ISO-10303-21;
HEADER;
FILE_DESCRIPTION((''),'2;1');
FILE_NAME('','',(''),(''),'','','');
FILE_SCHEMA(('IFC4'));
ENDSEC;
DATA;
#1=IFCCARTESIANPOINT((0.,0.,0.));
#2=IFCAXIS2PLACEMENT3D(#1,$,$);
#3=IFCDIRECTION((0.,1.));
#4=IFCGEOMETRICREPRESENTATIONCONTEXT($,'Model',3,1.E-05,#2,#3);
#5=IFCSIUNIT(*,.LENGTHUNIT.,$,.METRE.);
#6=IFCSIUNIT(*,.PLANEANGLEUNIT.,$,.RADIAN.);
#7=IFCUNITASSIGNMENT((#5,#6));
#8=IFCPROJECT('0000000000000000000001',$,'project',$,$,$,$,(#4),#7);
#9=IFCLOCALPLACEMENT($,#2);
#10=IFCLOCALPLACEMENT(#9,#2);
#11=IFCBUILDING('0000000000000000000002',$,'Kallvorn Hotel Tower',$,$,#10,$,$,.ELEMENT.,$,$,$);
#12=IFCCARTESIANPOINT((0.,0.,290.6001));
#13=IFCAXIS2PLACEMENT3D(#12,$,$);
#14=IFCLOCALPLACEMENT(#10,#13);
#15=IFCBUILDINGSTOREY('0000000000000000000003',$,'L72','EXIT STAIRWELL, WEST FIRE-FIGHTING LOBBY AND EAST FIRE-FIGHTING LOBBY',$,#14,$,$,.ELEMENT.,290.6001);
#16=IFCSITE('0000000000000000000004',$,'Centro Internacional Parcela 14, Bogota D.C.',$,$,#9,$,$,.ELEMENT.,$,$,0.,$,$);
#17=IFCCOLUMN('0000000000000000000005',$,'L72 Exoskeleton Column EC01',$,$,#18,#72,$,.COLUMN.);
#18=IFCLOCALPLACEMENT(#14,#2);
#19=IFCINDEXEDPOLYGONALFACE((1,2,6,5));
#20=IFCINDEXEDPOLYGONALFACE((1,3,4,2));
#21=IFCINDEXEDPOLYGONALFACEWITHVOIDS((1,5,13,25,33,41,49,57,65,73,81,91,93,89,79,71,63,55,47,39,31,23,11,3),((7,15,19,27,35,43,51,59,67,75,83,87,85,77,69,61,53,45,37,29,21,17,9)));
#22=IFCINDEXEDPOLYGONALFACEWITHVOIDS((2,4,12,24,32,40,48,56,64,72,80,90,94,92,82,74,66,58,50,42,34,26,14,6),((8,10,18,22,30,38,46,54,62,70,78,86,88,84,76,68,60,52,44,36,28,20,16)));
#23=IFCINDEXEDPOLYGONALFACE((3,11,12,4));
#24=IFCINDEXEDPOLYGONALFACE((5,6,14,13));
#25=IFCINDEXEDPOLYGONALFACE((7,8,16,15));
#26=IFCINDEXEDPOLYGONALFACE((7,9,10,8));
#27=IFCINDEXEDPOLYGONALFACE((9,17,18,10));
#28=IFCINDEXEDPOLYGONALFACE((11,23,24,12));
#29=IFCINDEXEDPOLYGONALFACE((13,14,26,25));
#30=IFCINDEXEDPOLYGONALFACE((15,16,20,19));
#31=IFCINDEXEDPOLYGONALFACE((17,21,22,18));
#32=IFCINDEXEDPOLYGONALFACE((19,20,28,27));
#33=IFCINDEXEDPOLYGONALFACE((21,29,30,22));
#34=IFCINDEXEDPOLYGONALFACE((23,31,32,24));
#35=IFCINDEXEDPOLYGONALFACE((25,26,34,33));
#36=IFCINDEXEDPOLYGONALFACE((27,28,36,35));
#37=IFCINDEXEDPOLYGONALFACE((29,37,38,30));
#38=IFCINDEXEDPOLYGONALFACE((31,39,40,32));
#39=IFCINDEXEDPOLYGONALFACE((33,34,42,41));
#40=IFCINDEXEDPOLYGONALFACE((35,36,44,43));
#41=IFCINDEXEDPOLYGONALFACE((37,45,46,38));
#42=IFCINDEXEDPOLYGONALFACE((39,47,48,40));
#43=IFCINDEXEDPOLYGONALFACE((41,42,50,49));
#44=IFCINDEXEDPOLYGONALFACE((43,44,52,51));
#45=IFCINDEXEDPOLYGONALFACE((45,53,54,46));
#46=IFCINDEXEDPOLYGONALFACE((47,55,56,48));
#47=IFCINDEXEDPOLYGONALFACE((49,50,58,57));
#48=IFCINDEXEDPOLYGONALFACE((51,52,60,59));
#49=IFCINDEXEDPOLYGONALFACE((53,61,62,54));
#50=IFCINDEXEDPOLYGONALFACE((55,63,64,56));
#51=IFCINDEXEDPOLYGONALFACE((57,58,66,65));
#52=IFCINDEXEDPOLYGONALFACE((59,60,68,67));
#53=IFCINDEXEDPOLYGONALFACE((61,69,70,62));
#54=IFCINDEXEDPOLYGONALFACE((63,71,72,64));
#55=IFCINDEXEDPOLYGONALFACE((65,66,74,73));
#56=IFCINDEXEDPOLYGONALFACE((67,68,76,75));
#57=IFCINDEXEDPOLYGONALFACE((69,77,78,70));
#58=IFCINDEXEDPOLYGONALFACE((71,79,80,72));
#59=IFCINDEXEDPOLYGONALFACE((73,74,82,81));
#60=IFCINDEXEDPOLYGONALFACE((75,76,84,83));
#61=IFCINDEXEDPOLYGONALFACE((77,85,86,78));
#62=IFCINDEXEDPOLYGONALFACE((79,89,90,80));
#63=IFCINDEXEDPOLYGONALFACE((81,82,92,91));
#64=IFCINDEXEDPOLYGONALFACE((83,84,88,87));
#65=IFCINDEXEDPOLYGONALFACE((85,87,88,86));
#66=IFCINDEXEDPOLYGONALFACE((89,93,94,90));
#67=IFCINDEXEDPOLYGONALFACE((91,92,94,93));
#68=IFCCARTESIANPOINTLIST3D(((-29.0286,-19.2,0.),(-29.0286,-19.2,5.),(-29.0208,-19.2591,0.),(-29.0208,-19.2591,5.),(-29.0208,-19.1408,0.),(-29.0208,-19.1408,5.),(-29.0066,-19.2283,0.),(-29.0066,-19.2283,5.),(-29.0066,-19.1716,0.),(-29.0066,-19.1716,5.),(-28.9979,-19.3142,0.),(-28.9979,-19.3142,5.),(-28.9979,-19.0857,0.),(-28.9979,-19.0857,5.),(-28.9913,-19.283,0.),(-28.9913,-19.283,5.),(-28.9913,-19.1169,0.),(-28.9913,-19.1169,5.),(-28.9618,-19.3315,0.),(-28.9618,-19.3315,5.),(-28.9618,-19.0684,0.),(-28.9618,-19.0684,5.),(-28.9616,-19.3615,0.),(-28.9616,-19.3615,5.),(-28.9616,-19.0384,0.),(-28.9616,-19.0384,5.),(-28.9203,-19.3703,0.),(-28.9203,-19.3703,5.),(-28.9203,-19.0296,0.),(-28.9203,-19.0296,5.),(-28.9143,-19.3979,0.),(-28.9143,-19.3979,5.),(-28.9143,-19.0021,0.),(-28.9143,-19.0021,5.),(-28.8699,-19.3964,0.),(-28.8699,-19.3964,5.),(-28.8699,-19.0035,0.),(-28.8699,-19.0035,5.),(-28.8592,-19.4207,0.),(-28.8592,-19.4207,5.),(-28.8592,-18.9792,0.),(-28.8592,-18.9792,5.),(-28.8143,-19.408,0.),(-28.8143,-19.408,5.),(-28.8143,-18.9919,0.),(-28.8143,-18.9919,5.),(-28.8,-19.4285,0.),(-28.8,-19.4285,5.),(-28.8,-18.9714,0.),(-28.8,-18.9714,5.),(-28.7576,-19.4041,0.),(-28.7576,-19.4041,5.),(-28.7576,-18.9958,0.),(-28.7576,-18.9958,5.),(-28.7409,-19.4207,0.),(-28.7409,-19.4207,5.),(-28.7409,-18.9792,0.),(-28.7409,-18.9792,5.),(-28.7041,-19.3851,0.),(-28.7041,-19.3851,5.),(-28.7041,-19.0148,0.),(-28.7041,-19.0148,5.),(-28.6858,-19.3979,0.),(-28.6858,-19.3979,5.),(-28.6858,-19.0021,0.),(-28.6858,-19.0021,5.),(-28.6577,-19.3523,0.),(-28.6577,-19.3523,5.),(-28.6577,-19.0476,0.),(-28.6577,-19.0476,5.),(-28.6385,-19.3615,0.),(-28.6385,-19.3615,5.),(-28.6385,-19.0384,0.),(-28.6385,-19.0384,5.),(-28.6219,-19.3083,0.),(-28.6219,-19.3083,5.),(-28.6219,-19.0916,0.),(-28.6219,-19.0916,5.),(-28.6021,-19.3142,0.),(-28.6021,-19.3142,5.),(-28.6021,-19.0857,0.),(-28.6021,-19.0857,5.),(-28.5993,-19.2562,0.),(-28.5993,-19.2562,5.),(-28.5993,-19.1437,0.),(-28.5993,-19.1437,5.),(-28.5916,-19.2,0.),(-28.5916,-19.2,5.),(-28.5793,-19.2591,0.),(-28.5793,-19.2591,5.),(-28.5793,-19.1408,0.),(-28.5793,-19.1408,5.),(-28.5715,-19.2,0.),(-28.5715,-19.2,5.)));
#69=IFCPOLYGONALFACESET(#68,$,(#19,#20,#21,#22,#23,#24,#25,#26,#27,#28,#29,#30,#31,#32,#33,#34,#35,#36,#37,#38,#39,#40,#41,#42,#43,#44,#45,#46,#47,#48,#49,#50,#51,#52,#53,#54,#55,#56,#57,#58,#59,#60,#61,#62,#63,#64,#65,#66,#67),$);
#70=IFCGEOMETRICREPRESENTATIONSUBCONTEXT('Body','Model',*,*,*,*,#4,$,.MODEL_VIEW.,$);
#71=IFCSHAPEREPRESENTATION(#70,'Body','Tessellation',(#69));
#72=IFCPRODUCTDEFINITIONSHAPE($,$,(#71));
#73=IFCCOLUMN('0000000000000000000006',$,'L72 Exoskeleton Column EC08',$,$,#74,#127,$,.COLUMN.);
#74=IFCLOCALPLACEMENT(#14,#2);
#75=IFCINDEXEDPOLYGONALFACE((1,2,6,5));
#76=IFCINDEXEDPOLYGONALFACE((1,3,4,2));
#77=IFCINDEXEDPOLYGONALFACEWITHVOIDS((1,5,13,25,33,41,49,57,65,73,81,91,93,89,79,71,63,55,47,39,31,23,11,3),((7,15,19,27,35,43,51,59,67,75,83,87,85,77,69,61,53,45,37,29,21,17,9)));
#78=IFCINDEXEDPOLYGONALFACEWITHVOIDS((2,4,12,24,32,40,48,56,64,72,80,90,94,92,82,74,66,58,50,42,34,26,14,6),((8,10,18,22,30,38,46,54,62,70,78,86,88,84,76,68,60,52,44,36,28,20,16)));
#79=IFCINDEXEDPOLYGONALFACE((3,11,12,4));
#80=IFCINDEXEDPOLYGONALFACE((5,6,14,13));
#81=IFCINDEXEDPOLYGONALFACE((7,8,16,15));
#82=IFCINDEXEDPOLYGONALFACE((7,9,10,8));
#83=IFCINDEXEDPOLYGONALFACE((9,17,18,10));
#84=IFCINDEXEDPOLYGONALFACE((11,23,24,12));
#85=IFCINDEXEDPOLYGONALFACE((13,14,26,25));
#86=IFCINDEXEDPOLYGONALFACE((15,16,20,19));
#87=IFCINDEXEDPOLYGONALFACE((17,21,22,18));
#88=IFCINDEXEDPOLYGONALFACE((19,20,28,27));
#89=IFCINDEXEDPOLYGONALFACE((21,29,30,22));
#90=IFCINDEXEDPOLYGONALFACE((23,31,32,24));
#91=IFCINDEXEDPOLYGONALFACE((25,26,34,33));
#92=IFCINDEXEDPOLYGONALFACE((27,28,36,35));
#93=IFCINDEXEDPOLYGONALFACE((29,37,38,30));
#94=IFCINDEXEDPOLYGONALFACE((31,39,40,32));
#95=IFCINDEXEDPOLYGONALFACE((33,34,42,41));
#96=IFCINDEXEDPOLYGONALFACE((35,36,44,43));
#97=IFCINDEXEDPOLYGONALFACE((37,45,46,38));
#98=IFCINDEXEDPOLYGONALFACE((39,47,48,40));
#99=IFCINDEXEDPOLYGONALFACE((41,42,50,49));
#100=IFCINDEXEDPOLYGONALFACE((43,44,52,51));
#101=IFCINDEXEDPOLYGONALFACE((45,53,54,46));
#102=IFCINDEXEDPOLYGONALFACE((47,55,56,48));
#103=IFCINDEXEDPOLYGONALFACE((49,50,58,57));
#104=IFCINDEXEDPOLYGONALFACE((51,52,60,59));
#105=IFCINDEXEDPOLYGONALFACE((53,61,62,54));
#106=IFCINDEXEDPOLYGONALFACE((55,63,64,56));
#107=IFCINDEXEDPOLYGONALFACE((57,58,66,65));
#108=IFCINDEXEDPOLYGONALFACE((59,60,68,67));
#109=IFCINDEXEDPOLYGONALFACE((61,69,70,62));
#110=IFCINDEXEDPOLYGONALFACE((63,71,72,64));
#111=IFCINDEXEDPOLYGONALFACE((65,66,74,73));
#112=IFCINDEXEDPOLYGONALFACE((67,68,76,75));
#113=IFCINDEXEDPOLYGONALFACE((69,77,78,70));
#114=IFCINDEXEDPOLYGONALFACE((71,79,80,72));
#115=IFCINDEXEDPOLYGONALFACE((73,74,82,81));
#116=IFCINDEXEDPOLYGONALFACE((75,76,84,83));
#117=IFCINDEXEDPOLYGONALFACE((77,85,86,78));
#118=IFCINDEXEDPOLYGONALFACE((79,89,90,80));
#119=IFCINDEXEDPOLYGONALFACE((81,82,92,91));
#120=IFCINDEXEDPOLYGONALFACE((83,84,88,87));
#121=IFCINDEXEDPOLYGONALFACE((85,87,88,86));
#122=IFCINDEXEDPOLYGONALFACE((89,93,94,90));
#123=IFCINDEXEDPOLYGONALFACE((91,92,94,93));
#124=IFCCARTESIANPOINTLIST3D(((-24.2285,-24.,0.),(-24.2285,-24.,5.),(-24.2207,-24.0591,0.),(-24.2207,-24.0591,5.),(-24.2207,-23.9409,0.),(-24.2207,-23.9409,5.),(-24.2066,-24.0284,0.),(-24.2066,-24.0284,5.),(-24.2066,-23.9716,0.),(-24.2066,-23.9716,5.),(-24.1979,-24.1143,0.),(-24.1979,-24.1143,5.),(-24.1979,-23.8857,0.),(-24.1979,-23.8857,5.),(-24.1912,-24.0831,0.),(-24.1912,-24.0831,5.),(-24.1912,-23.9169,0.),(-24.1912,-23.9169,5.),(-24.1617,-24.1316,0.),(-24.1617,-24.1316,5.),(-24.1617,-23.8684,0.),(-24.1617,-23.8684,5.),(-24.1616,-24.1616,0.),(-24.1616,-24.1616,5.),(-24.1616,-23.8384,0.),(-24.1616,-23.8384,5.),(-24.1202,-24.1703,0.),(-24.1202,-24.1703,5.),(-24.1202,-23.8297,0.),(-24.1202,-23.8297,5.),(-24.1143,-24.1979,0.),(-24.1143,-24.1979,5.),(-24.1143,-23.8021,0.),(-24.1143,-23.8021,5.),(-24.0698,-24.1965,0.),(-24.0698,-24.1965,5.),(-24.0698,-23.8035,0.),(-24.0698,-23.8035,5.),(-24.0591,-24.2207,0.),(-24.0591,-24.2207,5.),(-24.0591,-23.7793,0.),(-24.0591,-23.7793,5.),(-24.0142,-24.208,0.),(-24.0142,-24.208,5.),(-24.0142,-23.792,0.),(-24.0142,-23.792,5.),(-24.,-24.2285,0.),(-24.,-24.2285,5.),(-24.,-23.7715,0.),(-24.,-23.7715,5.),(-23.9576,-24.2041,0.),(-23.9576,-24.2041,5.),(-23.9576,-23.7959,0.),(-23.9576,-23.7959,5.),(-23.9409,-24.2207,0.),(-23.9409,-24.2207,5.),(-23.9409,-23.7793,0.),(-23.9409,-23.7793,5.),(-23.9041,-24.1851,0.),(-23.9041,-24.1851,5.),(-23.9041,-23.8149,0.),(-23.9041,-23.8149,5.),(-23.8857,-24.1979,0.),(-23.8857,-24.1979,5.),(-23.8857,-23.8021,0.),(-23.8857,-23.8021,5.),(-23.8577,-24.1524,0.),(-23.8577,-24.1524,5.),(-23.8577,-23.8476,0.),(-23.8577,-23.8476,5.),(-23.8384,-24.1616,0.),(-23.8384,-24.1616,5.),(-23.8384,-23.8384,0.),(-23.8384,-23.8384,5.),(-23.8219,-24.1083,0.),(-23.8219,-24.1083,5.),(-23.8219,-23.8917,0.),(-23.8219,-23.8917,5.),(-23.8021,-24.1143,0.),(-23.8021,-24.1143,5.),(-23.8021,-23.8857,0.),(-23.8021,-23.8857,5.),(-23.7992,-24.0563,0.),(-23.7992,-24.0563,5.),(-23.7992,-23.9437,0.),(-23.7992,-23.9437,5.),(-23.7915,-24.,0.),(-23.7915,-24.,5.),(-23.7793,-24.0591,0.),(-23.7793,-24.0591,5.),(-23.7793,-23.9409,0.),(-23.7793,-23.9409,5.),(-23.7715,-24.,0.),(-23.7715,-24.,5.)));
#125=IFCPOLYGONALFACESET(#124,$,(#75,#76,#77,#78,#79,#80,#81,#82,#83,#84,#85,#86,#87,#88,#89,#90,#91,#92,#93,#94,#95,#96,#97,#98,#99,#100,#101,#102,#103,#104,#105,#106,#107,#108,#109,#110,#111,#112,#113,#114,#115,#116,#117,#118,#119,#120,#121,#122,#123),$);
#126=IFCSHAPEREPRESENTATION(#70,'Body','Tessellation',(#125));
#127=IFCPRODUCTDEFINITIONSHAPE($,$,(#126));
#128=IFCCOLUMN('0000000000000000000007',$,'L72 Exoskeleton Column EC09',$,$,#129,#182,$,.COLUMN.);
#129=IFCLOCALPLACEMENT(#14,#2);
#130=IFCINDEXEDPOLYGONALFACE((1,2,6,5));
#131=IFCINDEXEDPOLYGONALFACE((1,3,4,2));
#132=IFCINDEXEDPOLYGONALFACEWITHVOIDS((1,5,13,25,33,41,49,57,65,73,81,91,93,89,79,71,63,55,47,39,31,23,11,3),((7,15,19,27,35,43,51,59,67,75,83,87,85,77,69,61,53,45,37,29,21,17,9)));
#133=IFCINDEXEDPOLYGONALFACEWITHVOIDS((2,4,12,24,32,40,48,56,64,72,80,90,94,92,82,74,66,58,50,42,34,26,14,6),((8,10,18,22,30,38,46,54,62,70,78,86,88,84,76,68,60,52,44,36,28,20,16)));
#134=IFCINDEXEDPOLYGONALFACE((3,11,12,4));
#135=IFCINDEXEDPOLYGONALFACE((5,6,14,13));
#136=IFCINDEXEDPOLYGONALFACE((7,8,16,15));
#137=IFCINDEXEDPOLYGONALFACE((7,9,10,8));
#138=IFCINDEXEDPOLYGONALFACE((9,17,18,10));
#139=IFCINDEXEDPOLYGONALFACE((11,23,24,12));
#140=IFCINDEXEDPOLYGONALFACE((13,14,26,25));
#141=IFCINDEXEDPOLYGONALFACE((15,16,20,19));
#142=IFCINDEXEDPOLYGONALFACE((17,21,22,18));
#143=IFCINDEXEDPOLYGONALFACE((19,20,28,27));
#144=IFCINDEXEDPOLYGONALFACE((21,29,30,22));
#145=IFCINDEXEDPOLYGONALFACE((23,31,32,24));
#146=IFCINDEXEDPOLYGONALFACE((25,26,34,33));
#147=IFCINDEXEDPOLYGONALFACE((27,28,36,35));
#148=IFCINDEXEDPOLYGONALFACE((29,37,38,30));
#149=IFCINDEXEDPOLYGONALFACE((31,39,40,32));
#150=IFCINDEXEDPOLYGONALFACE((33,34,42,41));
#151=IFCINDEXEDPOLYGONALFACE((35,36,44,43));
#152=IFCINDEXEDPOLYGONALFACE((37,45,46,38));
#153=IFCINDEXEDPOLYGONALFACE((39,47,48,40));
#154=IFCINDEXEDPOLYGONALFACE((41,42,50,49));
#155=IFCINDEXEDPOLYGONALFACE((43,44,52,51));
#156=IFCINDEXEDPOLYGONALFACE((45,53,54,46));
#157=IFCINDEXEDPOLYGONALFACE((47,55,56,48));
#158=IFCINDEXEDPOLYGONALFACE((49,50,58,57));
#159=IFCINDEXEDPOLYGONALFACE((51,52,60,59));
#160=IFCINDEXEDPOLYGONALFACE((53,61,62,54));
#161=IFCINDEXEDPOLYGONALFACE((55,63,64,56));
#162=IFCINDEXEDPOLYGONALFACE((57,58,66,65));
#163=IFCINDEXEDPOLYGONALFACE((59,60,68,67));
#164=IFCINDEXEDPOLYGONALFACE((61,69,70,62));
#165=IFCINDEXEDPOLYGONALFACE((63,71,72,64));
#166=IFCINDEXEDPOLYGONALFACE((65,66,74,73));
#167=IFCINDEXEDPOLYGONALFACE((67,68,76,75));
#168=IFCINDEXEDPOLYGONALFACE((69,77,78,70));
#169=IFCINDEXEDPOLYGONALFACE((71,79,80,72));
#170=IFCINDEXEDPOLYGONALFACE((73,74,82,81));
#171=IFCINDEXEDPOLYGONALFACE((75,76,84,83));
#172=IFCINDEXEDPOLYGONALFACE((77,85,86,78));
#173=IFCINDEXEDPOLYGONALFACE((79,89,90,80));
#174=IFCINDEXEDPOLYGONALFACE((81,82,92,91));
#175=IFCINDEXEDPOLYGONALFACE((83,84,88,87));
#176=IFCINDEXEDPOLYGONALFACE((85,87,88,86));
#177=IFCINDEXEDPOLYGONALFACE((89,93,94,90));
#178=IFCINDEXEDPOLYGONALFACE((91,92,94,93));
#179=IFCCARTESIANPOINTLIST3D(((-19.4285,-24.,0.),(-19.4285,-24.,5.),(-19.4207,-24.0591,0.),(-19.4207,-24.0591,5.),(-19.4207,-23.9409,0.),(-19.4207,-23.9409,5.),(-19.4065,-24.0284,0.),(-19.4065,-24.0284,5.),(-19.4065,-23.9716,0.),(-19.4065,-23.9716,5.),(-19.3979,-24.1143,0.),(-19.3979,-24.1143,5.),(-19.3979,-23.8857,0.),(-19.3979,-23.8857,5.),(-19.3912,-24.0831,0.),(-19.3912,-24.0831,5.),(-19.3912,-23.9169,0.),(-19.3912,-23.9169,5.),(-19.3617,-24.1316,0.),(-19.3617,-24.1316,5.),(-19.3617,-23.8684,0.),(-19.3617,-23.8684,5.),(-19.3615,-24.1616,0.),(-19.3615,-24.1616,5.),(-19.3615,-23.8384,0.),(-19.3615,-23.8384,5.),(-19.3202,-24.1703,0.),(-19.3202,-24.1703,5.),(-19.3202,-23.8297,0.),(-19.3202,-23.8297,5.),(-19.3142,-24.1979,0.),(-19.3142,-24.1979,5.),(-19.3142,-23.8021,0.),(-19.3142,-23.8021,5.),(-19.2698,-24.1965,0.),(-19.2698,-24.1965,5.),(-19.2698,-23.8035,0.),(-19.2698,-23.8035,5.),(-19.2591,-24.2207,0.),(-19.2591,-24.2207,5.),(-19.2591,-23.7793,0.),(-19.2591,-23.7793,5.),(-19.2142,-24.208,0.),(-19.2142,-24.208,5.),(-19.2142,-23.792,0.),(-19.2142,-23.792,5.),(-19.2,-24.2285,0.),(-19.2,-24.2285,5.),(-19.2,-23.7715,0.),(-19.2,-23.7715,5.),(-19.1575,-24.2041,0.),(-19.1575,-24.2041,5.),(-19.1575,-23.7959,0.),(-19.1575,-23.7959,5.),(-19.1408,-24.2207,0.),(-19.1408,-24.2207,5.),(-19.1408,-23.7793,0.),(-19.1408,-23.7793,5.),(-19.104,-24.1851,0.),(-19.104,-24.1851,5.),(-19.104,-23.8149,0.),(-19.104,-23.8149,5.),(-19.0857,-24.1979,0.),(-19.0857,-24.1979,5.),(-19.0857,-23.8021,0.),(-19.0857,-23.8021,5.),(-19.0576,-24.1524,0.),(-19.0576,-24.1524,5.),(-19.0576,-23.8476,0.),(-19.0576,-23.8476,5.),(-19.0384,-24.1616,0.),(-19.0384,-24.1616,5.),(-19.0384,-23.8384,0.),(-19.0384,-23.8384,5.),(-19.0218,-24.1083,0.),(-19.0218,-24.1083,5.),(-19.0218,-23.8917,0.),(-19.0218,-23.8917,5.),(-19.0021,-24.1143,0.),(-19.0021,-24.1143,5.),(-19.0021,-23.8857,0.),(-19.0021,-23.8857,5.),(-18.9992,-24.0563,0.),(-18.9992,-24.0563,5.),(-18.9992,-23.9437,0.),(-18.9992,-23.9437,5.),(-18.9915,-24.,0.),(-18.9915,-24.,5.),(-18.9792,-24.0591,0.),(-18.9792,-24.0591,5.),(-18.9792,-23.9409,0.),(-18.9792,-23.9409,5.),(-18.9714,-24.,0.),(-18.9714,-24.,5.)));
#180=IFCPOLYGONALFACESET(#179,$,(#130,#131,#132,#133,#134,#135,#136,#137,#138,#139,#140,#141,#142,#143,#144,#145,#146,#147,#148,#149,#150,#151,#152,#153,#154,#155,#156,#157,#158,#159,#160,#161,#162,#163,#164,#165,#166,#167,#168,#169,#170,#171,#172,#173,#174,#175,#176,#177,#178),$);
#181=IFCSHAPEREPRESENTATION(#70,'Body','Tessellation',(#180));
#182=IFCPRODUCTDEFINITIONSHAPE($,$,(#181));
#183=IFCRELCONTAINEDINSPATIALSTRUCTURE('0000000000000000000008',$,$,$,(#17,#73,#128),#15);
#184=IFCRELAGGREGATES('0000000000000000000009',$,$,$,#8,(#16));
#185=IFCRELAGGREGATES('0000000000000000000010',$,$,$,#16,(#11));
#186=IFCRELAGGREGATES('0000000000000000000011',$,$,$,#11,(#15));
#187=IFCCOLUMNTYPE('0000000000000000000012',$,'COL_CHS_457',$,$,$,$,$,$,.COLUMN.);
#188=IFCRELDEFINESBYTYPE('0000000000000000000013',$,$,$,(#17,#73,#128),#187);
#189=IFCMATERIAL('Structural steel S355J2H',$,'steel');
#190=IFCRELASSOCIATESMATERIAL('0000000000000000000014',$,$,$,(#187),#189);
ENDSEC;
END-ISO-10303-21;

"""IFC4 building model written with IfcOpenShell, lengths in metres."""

from ifc_helpers import new_model, si_unit, direction, frame, origin, origin_2d, place, context, subcontext, project, spatial, hollow_circle, extrude, material, material_profile, profile_set, type_object, element, save


model = new_model("IFC4")

# Units and contexts
model_context = context("Model", 3, precision=1e-05, world=origin(), true_north=direction((0.0, 1.0)))
body_context = subcontext(model_context, "Body", "Model", "MODEL_VIEW")
ifc_project = project(units=[si_unit("LENGTHUNIT", "METRE"), si_unit("PLANEANGLEUNIT", "RADIAN")], contexts=[model_context])

# Site, building, storey
site_placement = place(None, origin())
site = spatial("IfcSite", under=ifc_project, at=site_placement, Name="Centro Internacional Parcela 14, Bogota D.C.", CompositionType="ELEMENT", RefElevation=0.0)
building_placement = place(site_placement, origin())
building = spatial("IfcBuilding", under=site, at=building_placement, Name="Kallvorn Hotel Tower", CompositionType="ELEMENT")
storey_placement = place(building_placement, frame((0.0, 0.0, 290.6001)))
storey = spatial("IfcBuildingStorey", under=building, at=storey_placement, Name="L72", Description="EXIT STAIRWELL, WEST FIRE-FIGHTING LOBBY AND EAST FIRE-FIGHTING LOBBY", CompositionType="ELEMENT", Elevation=290.6001)

# Columns
ifc_material_1 = material(Name="Structural steel S355J2H", Category="steel")
ifc_material_profile_1 = material_profile(ifc_material_1, hollow_circle(Radius=0.2285, WallThickness=0.02, at=origin_2d()), Name="CHS 457x20")
ifc_profile_set_1 = profile_set([ifc_material_profile_1], Name="Structural steel S355J2H")
column_type = type_object("IfcColumnType", Name="COL_CHS_457", PredefinedType="COLUMN", material=ifc_profile_set_1)
for number, where, z_axis, x_axis, name in (
    (1, (-28.8, -19.2, 0.0), (0.0, 0.0, 1.0), (1.0, 0.0, 0.0), "L72 Exoskeleton Column EC01"),
    (2, (-24.0, -24.0, 0.0), (0.0, 0.0, 1.0), (1.0, 0.0, 0.0), "L72 Exoskeleton Column EC08"),
    (3, (-19.2, -24.0, 0.0), (0.0, 0.0, 1.0), (1.0, 0.0, 0.0), "L72 Exoskeleton Column EC09"),
):
    element("IfcColumn", number, at=place(storey_placement, frame(where, z_axis=z_axis, x_axis=x_axis)), inside=storey, type_object=column_type, Name=name, PredefinedType="COLUMN", context=body_context, shape_type="SweptSolid", body=[
        extrude(hollow_circle(Radius=0.2285, WallThickness=0.02, at=origin_2d()), origin(), (0.0, 0.0, 1.0), 5.0),
    ])

save(model, "model.ifc")
